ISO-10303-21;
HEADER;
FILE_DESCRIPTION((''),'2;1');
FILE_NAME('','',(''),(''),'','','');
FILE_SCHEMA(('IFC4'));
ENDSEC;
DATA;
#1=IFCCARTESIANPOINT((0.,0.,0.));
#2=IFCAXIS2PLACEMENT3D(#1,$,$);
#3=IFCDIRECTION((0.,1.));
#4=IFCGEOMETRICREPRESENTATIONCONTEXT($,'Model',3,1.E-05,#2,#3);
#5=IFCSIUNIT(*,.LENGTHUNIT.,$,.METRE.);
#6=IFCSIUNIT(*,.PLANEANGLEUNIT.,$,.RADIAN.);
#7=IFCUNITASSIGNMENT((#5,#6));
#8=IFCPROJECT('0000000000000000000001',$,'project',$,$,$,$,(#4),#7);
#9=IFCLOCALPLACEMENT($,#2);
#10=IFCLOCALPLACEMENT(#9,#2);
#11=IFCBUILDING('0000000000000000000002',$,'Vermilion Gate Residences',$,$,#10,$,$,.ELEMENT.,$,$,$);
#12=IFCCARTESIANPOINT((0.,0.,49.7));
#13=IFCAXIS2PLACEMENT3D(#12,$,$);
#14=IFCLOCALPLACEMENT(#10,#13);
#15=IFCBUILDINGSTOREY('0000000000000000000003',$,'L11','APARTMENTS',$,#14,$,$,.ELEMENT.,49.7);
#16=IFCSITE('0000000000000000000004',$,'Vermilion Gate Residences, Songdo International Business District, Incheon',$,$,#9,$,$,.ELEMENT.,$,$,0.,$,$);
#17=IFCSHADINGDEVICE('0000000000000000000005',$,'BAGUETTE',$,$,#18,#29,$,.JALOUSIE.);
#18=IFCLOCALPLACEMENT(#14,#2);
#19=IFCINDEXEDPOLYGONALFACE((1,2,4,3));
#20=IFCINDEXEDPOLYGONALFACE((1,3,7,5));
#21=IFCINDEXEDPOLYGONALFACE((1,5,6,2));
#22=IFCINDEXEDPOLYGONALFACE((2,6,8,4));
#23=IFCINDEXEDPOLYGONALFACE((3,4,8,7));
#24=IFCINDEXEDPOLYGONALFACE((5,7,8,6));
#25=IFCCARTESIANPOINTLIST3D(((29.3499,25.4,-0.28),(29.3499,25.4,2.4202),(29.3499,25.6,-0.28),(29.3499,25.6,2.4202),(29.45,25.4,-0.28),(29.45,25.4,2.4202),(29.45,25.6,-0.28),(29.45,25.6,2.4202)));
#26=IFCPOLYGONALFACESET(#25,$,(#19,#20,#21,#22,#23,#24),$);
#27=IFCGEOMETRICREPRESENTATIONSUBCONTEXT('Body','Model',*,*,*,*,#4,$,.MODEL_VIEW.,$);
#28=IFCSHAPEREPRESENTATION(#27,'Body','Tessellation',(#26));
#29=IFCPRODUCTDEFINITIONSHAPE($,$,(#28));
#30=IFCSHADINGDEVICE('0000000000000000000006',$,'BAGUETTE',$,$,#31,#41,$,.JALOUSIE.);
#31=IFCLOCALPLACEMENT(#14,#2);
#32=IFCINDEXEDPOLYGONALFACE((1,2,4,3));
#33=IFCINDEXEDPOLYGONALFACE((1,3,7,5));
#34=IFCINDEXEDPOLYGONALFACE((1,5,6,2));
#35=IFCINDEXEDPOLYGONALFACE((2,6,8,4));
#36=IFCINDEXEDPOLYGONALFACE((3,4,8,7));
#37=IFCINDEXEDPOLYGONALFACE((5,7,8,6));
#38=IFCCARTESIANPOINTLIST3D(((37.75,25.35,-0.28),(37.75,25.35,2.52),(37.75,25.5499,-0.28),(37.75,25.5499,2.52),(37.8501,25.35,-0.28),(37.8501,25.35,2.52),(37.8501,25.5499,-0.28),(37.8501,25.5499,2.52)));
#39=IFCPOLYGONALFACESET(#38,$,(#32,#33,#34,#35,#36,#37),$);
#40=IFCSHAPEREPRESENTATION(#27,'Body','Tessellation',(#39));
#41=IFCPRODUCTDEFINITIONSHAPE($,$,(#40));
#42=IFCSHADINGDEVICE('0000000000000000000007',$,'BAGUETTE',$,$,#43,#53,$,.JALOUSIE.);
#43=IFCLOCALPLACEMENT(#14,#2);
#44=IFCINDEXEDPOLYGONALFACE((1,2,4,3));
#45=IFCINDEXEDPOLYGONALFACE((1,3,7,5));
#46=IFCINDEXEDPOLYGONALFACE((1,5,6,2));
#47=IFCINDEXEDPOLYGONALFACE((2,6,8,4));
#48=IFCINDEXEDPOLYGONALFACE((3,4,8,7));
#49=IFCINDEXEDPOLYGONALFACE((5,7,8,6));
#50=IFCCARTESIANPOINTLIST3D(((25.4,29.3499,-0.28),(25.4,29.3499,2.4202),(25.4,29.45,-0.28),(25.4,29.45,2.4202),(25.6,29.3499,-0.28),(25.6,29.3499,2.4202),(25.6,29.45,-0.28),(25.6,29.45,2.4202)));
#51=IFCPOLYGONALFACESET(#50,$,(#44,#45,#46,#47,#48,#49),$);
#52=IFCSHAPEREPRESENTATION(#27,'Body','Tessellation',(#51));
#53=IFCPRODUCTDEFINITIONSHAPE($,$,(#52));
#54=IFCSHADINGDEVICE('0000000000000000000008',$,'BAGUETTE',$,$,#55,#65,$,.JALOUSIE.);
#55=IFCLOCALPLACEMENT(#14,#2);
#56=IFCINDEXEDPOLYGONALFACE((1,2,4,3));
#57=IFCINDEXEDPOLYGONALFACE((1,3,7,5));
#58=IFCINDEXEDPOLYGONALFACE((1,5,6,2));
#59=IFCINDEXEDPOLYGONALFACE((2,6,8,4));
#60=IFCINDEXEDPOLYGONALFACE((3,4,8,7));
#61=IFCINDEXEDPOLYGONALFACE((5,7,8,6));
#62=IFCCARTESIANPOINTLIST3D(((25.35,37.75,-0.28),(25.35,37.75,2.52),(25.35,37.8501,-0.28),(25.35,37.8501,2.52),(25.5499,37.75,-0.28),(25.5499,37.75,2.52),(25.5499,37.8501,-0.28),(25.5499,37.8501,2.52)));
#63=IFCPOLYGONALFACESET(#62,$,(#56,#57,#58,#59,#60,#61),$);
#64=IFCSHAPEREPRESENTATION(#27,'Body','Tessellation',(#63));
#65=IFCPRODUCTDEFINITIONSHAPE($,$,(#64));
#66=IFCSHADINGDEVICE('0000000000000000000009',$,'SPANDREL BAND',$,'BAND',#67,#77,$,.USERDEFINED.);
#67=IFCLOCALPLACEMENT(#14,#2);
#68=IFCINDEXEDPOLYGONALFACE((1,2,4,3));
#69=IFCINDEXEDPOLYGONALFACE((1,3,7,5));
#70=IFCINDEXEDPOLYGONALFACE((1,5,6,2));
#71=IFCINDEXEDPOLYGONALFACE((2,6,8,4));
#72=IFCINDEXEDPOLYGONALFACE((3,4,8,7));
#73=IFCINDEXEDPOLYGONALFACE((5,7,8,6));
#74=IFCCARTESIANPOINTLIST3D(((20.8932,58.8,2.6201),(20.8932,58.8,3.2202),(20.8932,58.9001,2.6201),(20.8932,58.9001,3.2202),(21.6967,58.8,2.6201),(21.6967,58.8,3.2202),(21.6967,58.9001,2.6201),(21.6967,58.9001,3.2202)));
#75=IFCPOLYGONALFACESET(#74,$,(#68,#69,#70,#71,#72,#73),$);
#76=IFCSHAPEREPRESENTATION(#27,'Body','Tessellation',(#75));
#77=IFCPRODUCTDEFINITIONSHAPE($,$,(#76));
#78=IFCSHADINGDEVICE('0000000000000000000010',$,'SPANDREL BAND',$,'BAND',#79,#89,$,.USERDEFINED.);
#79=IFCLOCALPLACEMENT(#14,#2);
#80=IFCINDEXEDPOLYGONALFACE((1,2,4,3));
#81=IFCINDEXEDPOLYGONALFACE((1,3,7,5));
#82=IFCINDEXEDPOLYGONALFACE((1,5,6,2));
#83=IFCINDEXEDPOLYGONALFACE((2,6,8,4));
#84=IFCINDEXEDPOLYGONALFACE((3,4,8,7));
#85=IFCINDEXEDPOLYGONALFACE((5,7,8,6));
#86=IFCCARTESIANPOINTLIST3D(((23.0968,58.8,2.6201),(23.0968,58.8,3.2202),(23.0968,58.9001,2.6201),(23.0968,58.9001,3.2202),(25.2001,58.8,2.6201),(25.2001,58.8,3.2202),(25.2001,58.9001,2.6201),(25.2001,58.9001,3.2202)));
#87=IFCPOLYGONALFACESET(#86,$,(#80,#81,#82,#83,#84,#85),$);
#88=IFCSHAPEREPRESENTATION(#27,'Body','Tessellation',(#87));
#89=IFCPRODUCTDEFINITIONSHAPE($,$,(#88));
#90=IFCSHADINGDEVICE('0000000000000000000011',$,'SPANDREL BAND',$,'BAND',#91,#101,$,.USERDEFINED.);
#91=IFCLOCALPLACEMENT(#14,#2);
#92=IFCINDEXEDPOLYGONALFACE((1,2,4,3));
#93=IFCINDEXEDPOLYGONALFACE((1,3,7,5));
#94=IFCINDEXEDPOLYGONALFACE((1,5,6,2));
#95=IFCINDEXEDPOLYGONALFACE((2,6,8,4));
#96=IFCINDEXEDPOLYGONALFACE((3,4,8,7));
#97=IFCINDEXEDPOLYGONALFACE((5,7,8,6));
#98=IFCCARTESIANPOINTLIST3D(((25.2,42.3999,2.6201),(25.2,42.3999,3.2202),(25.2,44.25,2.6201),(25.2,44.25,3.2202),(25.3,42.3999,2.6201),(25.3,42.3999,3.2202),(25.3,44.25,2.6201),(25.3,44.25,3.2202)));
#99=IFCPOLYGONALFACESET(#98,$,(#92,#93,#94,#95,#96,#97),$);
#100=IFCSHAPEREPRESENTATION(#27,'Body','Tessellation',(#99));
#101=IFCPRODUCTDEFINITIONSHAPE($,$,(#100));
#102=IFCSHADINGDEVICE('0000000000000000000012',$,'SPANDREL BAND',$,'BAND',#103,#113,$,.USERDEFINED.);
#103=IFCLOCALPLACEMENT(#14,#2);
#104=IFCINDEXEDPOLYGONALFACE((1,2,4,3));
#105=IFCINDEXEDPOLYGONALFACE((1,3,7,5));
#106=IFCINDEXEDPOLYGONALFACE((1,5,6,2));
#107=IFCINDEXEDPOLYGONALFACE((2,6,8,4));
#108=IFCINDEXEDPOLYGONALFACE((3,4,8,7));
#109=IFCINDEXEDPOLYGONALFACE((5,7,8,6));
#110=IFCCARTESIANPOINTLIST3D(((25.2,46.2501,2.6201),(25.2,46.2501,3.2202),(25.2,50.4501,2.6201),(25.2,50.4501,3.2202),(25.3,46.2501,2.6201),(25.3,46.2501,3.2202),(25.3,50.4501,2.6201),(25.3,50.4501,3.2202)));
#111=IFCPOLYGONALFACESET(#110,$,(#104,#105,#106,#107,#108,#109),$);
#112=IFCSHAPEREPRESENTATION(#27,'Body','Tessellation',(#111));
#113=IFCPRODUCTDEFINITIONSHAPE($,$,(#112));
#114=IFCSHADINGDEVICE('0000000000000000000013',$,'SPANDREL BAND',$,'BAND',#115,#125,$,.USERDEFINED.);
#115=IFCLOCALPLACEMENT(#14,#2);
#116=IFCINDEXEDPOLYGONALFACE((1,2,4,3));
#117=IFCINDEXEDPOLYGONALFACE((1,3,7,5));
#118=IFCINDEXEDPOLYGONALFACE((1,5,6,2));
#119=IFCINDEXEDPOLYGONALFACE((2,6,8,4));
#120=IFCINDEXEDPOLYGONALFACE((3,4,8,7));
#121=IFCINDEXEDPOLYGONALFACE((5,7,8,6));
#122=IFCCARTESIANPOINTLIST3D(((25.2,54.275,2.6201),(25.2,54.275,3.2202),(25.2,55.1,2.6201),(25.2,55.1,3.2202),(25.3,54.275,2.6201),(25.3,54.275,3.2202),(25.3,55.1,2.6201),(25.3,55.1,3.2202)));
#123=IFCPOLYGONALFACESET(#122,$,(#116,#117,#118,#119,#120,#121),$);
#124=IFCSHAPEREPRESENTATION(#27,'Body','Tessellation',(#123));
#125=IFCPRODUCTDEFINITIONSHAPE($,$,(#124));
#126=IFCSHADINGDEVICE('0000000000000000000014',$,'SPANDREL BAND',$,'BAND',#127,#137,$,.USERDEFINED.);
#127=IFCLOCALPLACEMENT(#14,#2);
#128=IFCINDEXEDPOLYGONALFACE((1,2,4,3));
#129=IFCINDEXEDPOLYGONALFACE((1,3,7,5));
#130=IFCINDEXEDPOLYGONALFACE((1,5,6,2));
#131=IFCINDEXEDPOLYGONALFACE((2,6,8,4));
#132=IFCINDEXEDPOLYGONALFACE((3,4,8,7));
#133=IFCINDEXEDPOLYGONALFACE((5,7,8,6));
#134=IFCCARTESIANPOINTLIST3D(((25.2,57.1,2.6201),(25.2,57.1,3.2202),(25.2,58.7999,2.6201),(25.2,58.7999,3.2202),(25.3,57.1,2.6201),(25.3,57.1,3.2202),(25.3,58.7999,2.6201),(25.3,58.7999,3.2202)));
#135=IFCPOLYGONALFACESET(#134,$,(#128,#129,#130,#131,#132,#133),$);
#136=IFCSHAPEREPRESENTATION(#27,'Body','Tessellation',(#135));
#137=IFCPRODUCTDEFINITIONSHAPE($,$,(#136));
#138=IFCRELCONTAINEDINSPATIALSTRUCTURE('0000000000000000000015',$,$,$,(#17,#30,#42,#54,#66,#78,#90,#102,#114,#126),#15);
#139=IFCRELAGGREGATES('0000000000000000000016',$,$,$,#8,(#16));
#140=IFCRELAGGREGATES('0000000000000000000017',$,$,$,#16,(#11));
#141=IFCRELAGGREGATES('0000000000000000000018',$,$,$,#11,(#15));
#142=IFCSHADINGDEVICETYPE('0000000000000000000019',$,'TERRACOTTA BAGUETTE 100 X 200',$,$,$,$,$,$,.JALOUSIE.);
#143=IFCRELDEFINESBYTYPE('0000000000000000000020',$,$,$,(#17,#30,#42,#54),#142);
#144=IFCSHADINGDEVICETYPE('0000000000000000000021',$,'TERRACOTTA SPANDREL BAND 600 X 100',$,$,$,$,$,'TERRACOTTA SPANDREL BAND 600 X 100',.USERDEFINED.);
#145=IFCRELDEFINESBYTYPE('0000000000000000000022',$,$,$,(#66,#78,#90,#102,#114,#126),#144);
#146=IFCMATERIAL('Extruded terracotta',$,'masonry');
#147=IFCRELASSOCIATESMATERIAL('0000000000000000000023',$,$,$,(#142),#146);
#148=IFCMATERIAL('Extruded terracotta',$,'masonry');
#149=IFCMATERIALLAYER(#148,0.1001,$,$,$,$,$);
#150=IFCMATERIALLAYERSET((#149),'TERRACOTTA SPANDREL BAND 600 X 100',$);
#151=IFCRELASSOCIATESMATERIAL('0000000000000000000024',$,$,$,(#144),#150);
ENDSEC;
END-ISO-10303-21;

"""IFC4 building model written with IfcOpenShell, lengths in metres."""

from ifc_helpers import new_model, si_unit, direction, frame, origin, origin_2d, place, context, subcontext, project, spatial, rectangle, extrude, material, layer, layer_set, material_profile, profile_set, type_object, element, save


model = new_model("IFC4")

# Units and contexts
model_context = context("Model", 3, precision=1e-05, world=origin(), true_north=direction((0.0, 1.0)))
body_context = subcontext(model_context, "Body", "Model", "MODEL_VIEW")
ifc_project = project(units=[si_unit("LENGTHUNIT", "METRE"), si_unit("PLANEANGLEUNIT", "RADIAN")], contexts=[model_context])

# Site, building, storey
site_placement = place(None, origin())
site = spatial("IfcSite", under=ifc_project, at=site_placement, Name="Vermilion Gate Residences, Songdo International Business District, Incheon", CompositionType="ELEMENT", RefElevation=0.0)
building_placement = place(site_placement, origin())
building = spatial("IfcBuilding", under=site, at=building_placement, Name="Vermilion Gate Residences", CompositionType="ELEMENT")
storey_placement = place(building_placement, frame((0.0, 0.0, 49.7)))
storey = spatial("IfcBuildingStorey", under=building, at=storey_placement, Name="L11", Description="APARTMENTS", CompositionType="ELEMENT", Elevation=49.7)

# Shading devices
ifc_material_1 = material(Name="Extruded terracotta", Category="masonry")
ifc_material_profile_1 = material_profile(ifc_material_1, rectangle(XDim=0.2, YDim=0.1001, at=origin_2d()), Name="BAGUETTE 100 X 200")
ifc_profile_set_1 = profile_set([ifc_material_profile_1], Name="Extruded terracotta")
shading_device_type_1 = type_object("IfcShadingDeviceType", Name="TERRACOTTA BAGUETTE 100 X 200", PredefinedType="JALOUSIE", material=ifc_profile_set_1)
shading_device_1_placement = place(storey_placement, frame((29.3999, 25.5, -0.28), z_axis=(0.0, 0.0, 1.0), x_axis=(0.0, -1.0, 0.0)))
element("IfcShadingDevice", 1, at=shading_device_1_placement, inside=storey, type_object=shading_device_type_1, Name="BAGUETTE", PredefinedType="JALOUSIE", context=body_context, shape_type="SweptSolid", body=[
    extrude(rectangle(XDim=0.2, YDim=0.1001, at=origin_2d()), origin(), (0.0, 0.0, 1.0), 2.7002),
])
shading_device_2_placement = place(storey_placement, frame((37.8, 25.45, -0.28), z_axis=(0.0, 0.0, 1.0), x_axis=(0.0, -1.0, 0.0)))
element("IfcShadingDevice", 2, at=shading_device_2_placement, inside=storey, type_object=shading_device_type_1, Name="BAGUETTE", PredefinedType="JALOUSIE", context=body_context, shape_type="SweptSolid", body=[
    extrude(rectangle(XDim=0.2, YDim=0.1001, at=origin_2d()), origin(), (0.0, 0.0, 1.0), 2.8),
])
shading_device_3_placement = place(storey_placement, frame((25.5, 29.3999, -0.28), z_axis=(0.0, 0.0, 1.0), x_axis=(-1.0, 0.0, 0.0)))
element("IfcShadingDevice", 3, at=shading_device_3_placement, inside=storey, type_object=shading_device_type_1, Name="BAGUETTE", PredefinedType="JALOUSIE", context=body_context, shape_type="SweptSolid", body=[
    extrude(rectangle(XDim=0.2, YDim=0.1001, at=origin_2d()), origin(), (0.0, 0.0, 1.0), 2.7002),
])
shading_device_4_placement = place(storey_placement, frame((25.45, 37.8, -0.28), z_axis=(0.0, 0.0, 1.0), x_axis=(-1.0, 0.0, 0.0)))
element("IfcShadingDevice", 4, at=shading_device_4_placement, inside=storey, type_object=shading_device_type_1, Name="BAGUETTE", PredefinedType="JALOUSIE", context=body_context, shape_type="SweptSolid", body=[
    extrude(rectangle(XDim=0.2, YDim=0.1001, at=origin_2d()), origin(), (0.0, 0.0, 1.0), 2.8),
])
ifc_material_2 = material(Name="Extruded terracotta", Category="masonry")
ifc_layer_1 = layer(ifc_material_2, 0.1001)
ifc_layer_set_1 = layer_set([ifc_layer_1], Name="TERRACOTTA SPANDREL BAND 600 X 100")
shading_device_type_2 = type_object("IfcShadingDeviceType", Name="TERRACOTTA SPANDREL BAND 600 X 100", ElementType="TERRACOTTA SPANDREL BAND 600 X 100", PredefinedType="USERDEFINED", material=ifc_layer_set_1)
shading_device_5_placement = place(storey_placement, frame((21.2949, 58.8501, 2.6201), z_axis=(0.0, 0.0, 1.0), x_axis=(1.0, 0.0, 0.0)))
element("IfcShadingDevice", 5, at=shading_device_5_placement, inside=storey, type_object=shading_device_type_2, Name="SPANDREL BAND", ObjectType="BAND", PredefinedType="USERDEFINED", context=body_context, shape_type="SweptSolid", body=[
    extrude(rectangle(XDim=0.8035, YDim=0.1001, at=origin_2d()), origin(), (0.0, 0.0, 1.0), 0.6001),
])
shading_device_6_placement = place(storey_placement, frame((24.1484, 58.8501, 2.6201), z_axis=(0.0, 0.0, 1.0), x_axis=(1.0, 0.0, 0.0)))
element("IfcShadingDevice", 6, at=shading_device_6_placement, inside=storey, type_object=shading_device_type_2, Name="SPANDREL BAND", ObjectType="BAND", PredefinedType="USERDEFINED", context=body_context, shape_type="SweptSolid", body=[
    extrude(rectangle(XDim=2.1033, YDim=0.1001, at=origin_2d()), origin(), (0.0, 0.0, 1.0), 0.6001),
])
shading_device_7_placement = place(storey_placement, frame((25.25, 43.325, 2.6201), z_axis=(0.0, 0.0, 1.0), x_axis=(0.0, 1.0, 0.0)))
element("IfcShadingDevice", 7, at=shading_device_7_placement, inside=storey, type_object=shading_device_type_2, Name="SPANDREL BAND", ObjectType="BAND", PredefinedType="USERDEFINED", context=body_context, shape_type="SweptSolid", body=[
    extrude(rectangle(XDim=1.8501, YDim=0.1001, at=origin_2d()), origin(), (0.0, 0.0, 1.0), 0.6001),
])
shading_device_8_placement = place(storey_placement, frame((25.25, 48.3501, 2.6201), z_axis=(0.0, 0.0, 1.0), x_axis=(0.0, 1.0, 0.0)))
element("IfcShadingDevice", 8, at=shading_device_8_placement, inside=storey, type_object=shading_device_type_2, Name="SPANDREL BAND", ObjectType="BAND", PredefinedType="USERDEFINED", context=body_context, shape_type="SweptSolid", body=[
    extrude(rectangle(XDim=4.2, YDim=0.1001, at=origin_2d()), origin(), (0.0, 0.0, 1.0), 0.6001),
])
shading_device_9_placement = place(storey_placement, frame((25.25, 54.6875, 2.6201), z_axis=(0.0, 0.0, 1.0), x_axis=(0.0, 1.0, 0.0)))
element("IfcShadingDevice", 9, at=shading_device_9_placement, inside=storey, type_object=shading_device_type_2, Name="SPANDREL BAND", ObjectType="BAND", PredefinedType="USERDEFINED", context=body_context, shape_type="SweptSolid", body=[
    extrude(rectangle(XDim=0.825, YDim=0.1001, at=origin_2d()), origin(), (0.0, 0.0, 1.0), 0.6001),
])
shading_device_10_placement = place(storey_placement, frame((25.25, 57.95, 2.6201), z_axis=(0.0, 0.0, 1.0), x_axis=(0.0, 1.0, 0.0)))
element("IfcShadingDevice", 10, at=shading_device_10_placement, inside=storey, type_object=shading_device_type_2, Name="SPANDREL BAND", ObjectType="BAND", PredefinedType="USERDEFINED", context=body_context, shape_type="SweptSolid", body=[
    extrude(rectangle(XDim=1.7, YDim=0.1001, at=origin_2d()), origin(), (0.0, 0.0, 1.0), 0.6001),
])

save(model, "model.ifc")
